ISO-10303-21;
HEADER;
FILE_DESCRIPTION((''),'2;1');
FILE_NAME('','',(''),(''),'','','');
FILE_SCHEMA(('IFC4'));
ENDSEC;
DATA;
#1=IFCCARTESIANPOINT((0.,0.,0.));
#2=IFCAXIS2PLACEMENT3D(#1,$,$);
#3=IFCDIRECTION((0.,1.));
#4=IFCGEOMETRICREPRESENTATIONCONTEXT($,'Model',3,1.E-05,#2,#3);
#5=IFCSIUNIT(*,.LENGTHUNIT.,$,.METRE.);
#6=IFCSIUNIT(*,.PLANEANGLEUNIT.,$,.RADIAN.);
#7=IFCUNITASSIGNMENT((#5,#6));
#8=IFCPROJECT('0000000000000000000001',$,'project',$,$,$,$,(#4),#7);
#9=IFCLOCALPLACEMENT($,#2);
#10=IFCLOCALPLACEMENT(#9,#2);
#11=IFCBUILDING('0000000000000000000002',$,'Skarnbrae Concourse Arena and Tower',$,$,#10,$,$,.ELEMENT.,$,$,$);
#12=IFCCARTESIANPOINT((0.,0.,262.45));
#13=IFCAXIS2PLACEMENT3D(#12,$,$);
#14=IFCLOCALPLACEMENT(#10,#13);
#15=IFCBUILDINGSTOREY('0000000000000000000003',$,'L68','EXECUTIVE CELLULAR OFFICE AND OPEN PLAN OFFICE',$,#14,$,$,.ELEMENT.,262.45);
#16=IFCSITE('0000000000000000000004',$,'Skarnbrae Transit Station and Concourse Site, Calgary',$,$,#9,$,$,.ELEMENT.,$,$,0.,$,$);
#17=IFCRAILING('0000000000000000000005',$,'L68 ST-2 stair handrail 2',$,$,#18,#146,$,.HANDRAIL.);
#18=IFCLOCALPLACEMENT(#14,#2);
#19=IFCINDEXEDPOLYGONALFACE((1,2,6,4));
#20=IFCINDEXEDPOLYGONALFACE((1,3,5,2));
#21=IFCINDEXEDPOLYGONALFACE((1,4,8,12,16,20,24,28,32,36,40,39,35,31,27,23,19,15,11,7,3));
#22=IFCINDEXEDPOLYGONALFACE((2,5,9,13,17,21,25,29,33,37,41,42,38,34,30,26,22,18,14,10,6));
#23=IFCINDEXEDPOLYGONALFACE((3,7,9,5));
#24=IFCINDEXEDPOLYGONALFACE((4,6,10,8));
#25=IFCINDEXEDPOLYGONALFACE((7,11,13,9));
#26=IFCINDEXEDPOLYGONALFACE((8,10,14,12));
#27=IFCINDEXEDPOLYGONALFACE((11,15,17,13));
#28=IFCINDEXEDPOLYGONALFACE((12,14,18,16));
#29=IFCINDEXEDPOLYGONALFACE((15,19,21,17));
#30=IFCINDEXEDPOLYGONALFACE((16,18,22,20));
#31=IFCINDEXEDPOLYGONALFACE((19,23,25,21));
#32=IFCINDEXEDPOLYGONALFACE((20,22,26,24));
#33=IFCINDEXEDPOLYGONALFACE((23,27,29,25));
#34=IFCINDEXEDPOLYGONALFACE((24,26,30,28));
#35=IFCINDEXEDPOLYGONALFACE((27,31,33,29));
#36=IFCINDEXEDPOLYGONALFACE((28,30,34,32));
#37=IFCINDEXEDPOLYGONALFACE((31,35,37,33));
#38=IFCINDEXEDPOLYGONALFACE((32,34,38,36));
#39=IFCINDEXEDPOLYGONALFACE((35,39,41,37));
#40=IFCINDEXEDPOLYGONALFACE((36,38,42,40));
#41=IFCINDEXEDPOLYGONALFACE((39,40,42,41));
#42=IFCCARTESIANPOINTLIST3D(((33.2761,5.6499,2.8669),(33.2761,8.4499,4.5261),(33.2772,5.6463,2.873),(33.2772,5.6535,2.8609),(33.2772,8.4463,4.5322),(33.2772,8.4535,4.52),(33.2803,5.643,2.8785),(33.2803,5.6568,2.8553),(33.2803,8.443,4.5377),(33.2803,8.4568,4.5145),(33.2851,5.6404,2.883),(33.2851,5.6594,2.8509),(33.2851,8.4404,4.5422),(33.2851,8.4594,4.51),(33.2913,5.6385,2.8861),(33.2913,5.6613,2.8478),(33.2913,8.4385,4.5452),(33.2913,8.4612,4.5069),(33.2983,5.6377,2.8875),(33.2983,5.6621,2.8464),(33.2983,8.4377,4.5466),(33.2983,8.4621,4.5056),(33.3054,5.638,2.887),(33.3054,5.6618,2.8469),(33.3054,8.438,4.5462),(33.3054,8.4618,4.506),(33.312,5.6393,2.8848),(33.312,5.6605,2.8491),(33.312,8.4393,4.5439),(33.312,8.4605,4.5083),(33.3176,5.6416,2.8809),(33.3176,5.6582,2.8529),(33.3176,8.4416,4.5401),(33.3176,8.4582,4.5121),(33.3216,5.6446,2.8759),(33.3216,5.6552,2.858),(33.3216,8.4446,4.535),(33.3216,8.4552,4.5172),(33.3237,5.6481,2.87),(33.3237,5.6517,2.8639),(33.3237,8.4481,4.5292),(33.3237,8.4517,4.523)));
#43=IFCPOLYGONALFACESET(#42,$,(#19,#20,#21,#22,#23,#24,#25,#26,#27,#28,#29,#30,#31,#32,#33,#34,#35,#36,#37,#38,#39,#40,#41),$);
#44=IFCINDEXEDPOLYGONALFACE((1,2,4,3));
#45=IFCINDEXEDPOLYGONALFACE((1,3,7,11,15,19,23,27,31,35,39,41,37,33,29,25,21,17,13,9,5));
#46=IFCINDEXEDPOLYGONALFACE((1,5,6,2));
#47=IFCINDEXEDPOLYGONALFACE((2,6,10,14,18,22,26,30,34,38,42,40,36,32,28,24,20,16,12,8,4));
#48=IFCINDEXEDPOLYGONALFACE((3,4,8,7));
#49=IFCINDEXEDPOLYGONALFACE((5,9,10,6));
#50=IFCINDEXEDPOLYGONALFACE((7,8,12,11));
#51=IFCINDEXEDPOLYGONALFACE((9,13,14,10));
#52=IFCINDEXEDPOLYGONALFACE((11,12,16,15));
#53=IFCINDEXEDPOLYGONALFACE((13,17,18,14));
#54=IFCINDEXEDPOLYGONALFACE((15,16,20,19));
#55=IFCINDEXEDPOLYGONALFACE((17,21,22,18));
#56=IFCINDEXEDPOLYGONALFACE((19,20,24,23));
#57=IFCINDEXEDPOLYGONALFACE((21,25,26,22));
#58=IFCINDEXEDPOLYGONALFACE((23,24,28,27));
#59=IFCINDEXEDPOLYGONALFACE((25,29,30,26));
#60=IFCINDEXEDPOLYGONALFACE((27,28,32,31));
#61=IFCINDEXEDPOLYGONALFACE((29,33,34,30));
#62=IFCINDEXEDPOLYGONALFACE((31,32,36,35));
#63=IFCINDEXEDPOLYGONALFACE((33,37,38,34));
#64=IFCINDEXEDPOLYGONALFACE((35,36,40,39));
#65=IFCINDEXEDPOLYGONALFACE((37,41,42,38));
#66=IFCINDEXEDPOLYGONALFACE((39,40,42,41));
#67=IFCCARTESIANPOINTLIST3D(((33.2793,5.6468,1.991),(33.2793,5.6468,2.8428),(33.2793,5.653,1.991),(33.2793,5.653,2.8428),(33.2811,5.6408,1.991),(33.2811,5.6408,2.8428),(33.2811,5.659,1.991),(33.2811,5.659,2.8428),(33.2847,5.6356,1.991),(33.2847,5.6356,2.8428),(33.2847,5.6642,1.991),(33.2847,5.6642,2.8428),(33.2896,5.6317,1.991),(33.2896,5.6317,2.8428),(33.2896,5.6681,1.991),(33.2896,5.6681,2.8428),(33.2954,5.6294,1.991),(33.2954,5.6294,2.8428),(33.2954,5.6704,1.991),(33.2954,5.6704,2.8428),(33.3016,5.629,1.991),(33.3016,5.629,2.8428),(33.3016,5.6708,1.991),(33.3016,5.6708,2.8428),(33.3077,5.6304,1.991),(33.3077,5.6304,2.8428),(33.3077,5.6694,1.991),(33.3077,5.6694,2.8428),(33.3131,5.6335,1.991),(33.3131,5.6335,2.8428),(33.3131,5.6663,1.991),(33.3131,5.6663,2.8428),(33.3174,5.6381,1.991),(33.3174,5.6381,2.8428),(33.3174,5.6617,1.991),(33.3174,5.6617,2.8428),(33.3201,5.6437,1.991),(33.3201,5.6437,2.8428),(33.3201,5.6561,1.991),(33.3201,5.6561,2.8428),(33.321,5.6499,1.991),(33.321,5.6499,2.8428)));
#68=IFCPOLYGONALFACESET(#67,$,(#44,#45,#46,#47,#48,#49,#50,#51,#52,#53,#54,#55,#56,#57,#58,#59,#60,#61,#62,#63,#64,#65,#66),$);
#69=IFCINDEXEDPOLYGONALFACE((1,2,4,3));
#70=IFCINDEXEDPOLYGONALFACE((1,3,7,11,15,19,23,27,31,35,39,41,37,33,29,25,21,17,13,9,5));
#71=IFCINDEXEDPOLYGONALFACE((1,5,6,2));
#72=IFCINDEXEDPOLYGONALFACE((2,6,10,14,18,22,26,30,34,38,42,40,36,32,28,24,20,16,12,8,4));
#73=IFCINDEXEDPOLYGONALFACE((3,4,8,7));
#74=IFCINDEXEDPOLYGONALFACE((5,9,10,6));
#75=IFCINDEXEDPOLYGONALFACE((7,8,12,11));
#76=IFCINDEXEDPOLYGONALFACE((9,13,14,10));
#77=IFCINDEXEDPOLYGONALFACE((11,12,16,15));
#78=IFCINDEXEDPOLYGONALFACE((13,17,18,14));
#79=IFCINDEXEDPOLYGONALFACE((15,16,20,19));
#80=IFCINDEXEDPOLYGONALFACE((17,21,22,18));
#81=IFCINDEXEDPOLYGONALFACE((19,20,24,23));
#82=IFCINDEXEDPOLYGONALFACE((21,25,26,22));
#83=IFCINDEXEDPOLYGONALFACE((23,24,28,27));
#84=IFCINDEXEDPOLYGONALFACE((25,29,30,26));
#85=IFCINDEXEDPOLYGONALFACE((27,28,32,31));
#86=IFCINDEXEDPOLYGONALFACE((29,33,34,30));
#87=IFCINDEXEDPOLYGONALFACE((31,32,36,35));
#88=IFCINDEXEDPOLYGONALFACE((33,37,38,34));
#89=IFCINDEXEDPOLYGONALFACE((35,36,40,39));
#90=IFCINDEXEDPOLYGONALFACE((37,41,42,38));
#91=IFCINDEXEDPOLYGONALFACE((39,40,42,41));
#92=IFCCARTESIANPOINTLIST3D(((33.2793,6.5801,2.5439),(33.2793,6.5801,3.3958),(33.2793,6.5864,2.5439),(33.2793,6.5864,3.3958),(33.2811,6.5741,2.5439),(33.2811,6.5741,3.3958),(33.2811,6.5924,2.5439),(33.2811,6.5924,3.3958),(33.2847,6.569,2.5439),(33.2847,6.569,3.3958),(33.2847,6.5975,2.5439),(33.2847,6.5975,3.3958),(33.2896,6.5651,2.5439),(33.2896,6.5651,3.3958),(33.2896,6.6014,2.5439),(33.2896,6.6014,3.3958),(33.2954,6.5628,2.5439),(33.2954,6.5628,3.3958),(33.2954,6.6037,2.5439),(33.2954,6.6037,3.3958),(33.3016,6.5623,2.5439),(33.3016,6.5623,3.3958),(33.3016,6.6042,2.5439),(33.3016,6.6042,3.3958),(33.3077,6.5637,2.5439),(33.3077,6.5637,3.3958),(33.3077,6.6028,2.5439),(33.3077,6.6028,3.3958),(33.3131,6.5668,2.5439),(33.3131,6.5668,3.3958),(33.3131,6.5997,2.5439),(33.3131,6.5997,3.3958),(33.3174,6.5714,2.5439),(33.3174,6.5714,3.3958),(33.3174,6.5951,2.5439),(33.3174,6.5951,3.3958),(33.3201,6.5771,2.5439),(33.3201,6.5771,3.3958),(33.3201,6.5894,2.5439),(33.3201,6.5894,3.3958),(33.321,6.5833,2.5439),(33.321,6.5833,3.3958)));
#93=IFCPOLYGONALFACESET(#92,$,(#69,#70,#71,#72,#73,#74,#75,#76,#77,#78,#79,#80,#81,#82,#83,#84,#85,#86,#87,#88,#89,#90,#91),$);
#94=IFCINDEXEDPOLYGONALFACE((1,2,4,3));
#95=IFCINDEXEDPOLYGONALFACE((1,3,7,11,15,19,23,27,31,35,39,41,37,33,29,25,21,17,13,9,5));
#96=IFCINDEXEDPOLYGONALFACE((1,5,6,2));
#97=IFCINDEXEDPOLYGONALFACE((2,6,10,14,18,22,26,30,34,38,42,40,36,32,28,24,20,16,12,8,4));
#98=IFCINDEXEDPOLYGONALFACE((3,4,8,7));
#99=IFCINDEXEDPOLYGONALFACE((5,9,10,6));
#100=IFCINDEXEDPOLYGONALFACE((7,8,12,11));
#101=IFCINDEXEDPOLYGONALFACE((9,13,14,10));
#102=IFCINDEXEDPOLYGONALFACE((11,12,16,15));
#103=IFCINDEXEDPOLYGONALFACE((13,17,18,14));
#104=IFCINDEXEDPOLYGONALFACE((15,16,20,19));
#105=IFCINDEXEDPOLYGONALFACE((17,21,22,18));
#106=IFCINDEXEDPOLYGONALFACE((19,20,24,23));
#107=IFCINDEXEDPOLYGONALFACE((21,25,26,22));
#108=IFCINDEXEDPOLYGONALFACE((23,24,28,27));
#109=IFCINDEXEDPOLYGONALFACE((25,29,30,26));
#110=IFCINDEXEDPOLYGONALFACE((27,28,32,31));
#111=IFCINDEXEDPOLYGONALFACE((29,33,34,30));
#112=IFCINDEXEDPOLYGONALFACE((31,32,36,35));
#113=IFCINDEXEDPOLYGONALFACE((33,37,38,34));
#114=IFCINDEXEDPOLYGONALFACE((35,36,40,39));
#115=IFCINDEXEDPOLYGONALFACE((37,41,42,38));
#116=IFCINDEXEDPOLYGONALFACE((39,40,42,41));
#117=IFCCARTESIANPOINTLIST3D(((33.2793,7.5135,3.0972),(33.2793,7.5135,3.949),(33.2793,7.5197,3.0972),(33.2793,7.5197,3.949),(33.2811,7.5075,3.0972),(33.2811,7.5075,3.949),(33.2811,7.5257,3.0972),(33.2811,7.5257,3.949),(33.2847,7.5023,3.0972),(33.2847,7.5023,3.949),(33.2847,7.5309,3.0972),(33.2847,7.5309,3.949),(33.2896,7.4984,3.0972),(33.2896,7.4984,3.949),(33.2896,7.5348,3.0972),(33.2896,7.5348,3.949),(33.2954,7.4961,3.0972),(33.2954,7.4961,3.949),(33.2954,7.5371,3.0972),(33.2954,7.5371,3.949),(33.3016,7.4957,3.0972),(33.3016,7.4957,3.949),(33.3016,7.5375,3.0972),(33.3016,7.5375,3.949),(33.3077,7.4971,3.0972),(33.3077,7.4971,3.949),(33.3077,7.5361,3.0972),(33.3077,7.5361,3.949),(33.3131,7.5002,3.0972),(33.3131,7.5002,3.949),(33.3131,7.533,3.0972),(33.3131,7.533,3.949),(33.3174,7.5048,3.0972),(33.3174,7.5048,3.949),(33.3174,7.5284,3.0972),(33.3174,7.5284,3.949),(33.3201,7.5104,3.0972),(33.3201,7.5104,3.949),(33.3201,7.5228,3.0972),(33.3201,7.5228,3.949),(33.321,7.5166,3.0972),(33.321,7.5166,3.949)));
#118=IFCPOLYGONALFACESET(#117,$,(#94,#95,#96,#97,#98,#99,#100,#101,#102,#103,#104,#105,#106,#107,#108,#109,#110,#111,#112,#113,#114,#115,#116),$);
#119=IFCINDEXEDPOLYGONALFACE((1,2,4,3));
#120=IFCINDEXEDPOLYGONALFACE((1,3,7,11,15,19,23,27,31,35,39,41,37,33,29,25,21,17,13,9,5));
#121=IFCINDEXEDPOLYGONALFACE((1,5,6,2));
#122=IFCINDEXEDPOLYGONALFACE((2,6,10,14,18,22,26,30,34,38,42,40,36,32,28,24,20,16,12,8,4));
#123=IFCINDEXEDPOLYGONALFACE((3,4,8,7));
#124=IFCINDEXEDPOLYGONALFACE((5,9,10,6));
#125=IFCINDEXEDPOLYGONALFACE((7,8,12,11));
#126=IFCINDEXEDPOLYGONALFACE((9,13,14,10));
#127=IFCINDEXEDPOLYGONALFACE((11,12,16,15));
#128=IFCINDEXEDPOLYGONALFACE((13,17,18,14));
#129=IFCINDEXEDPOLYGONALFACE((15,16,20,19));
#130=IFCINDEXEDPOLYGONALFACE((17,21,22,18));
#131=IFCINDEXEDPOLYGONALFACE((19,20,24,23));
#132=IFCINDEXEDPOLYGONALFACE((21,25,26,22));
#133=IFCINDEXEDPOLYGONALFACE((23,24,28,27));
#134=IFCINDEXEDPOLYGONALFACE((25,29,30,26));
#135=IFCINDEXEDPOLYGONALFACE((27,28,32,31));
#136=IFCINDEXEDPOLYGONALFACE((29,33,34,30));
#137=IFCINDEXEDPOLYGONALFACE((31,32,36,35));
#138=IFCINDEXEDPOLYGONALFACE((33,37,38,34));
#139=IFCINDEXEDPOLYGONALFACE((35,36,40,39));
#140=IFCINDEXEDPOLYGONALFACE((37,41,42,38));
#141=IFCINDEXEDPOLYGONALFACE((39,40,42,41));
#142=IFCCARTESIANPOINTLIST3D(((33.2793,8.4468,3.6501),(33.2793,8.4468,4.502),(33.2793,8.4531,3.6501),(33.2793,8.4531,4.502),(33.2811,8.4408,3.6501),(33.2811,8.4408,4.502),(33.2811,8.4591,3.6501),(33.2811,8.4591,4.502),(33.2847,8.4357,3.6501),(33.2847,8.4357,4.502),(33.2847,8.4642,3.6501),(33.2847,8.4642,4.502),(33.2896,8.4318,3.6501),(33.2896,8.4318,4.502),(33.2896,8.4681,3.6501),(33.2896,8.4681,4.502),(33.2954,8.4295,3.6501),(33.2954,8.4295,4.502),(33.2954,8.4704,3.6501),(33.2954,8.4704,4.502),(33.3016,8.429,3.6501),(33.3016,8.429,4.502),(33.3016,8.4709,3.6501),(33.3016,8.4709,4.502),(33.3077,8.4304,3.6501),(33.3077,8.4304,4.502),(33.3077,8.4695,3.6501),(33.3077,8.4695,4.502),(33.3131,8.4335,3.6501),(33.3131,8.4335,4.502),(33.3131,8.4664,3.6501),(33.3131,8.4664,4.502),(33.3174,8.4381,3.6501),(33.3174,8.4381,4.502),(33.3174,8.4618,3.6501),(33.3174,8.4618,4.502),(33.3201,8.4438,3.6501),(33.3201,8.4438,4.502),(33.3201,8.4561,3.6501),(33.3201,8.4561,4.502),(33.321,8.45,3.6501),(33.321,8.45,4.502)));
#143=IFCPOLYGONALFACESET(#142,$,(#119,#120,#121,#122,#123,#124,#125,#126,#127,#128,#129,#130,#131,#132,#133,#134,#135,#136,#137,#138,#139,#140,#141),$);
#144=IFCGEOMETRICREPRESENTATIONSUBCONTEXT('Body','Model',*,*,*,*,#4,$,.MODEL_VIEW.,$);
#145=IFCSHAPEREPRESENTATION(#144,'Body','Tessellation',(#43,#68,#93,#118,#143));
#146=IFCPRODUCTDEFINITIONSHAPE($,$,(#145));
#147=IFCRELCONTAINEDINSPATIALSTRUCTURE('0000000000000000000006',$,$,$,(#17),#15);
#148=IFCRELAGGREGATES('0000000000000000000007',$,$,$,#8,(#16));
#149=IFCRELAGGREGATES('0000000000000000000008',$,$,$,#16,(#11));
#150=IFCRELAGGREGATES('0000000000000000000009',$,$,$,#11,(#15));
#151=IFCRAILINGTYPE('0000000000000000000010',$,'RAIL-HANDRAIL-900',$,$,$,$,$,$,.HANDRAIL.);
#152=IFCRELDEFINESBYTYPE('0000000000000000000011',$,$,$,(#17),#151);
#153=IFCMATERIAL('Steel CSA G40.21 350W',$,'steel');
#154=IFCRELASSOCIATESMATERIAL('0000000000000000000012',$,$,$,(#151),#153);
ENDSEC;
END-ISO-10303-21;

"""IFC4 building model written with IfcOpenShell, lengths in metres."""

from ifc_helpers import new_model, si_unit, direction, frame, origin, origin_2d, place, context, subcontext, project, spatial, circle, extrude, material, type_object, element, save


model = new_model("IFC4")

# Units and contexts
model_context = context("Model", 3, precision=1e-05, world=origin(), true_north=direction((0.0, 1.0)))
body_context = subcontext(model_context, "Body", "Model", "MODEL_VIEW")
ifc_project = project(units=[si_unit("LENGTHUNIT", "METRE"), si_unit("PLANEANGLEUNIT", "RADIAN")], contexts=[model_context])

# Site, building, storey
site_placement = place(None, origin())
site = spatial("IfcSite", under=ifc_project, at=site_placement, Name="Skarnbrae Transit Station and Concourse Site, Calgary", CompositionType="ELEMENT", RefElevation=0.0)
building_placement = place(site_placement, origin())
building = spatial("IfcBuilding", under=site, at=building_placement, Name="Skarnbrae Concourse Arena and Tower", CompositionType="ELEMENT")
storey_placement = place(building_placement, frame((0.0, 0.0, 262.45)))
storey = spatial("IfcBuildingStorey", under=building, at=storey_placement, Name="L68", Description="EXECUTIVE CELLULAR OFFICE AND OPEN PLAN OFFICE", CompositionType="ELEMENT", Elevation=262.45)

# Shared definitions
ifc_material_1 = material(Name="Steel CSA G40.21 350W", Category="steel")

# Railing
railing_type_1 = type_object("IfcRailingType", Name="RAIL-HANDRAIL-900", PredefinedType="HANDRAIL", material=ifc_material_1)
railing_1_placement = place(storey_placement, frame((33.3, 5.6499, 1.991)))
element("IfcRailing", 1, at=railing_1_placement, inside=storey, type_object=railing_type_1, Name="L68 ST-2 stair handrail 2", PredefinedType="HANDRAIL", context=body_context, shape_type="SweptSolid", body=[
    extrude(circle(Radius=0.0239, at=origin_2d()), frame((0.0, 0.0, 0.876), z_axis=(0.0, 0.860306, 0.509778), x_axis=(-1.0, 0.0, 0.0)), (0.0, 0.0, 1.0), 3.2546),
    extrude(circle(Radius=0.021, at=origin_2d()), origin(), (0.0, 0.0, 1.0), 0.8518),
    extrude(circle(Radius=0.021, at=origin_2d()), frame((0.0, 0.9333, 0.553)), (0.0, 0.0, 1.0), 0.8518),
    extrude(circle(Radius=0.021, at=origin_2d()), frame((0.0, 1.8667, 1.1062)), (0.0, 0.0, 1.0), 0.8518),
    extrude(circle(Radius=0.021, at=origin_2d()), frame((0.0, 2.8, 1.6592)), (0.0, 0.0, 1.0), 0.8518),
])

save(model, "model.ifc")
